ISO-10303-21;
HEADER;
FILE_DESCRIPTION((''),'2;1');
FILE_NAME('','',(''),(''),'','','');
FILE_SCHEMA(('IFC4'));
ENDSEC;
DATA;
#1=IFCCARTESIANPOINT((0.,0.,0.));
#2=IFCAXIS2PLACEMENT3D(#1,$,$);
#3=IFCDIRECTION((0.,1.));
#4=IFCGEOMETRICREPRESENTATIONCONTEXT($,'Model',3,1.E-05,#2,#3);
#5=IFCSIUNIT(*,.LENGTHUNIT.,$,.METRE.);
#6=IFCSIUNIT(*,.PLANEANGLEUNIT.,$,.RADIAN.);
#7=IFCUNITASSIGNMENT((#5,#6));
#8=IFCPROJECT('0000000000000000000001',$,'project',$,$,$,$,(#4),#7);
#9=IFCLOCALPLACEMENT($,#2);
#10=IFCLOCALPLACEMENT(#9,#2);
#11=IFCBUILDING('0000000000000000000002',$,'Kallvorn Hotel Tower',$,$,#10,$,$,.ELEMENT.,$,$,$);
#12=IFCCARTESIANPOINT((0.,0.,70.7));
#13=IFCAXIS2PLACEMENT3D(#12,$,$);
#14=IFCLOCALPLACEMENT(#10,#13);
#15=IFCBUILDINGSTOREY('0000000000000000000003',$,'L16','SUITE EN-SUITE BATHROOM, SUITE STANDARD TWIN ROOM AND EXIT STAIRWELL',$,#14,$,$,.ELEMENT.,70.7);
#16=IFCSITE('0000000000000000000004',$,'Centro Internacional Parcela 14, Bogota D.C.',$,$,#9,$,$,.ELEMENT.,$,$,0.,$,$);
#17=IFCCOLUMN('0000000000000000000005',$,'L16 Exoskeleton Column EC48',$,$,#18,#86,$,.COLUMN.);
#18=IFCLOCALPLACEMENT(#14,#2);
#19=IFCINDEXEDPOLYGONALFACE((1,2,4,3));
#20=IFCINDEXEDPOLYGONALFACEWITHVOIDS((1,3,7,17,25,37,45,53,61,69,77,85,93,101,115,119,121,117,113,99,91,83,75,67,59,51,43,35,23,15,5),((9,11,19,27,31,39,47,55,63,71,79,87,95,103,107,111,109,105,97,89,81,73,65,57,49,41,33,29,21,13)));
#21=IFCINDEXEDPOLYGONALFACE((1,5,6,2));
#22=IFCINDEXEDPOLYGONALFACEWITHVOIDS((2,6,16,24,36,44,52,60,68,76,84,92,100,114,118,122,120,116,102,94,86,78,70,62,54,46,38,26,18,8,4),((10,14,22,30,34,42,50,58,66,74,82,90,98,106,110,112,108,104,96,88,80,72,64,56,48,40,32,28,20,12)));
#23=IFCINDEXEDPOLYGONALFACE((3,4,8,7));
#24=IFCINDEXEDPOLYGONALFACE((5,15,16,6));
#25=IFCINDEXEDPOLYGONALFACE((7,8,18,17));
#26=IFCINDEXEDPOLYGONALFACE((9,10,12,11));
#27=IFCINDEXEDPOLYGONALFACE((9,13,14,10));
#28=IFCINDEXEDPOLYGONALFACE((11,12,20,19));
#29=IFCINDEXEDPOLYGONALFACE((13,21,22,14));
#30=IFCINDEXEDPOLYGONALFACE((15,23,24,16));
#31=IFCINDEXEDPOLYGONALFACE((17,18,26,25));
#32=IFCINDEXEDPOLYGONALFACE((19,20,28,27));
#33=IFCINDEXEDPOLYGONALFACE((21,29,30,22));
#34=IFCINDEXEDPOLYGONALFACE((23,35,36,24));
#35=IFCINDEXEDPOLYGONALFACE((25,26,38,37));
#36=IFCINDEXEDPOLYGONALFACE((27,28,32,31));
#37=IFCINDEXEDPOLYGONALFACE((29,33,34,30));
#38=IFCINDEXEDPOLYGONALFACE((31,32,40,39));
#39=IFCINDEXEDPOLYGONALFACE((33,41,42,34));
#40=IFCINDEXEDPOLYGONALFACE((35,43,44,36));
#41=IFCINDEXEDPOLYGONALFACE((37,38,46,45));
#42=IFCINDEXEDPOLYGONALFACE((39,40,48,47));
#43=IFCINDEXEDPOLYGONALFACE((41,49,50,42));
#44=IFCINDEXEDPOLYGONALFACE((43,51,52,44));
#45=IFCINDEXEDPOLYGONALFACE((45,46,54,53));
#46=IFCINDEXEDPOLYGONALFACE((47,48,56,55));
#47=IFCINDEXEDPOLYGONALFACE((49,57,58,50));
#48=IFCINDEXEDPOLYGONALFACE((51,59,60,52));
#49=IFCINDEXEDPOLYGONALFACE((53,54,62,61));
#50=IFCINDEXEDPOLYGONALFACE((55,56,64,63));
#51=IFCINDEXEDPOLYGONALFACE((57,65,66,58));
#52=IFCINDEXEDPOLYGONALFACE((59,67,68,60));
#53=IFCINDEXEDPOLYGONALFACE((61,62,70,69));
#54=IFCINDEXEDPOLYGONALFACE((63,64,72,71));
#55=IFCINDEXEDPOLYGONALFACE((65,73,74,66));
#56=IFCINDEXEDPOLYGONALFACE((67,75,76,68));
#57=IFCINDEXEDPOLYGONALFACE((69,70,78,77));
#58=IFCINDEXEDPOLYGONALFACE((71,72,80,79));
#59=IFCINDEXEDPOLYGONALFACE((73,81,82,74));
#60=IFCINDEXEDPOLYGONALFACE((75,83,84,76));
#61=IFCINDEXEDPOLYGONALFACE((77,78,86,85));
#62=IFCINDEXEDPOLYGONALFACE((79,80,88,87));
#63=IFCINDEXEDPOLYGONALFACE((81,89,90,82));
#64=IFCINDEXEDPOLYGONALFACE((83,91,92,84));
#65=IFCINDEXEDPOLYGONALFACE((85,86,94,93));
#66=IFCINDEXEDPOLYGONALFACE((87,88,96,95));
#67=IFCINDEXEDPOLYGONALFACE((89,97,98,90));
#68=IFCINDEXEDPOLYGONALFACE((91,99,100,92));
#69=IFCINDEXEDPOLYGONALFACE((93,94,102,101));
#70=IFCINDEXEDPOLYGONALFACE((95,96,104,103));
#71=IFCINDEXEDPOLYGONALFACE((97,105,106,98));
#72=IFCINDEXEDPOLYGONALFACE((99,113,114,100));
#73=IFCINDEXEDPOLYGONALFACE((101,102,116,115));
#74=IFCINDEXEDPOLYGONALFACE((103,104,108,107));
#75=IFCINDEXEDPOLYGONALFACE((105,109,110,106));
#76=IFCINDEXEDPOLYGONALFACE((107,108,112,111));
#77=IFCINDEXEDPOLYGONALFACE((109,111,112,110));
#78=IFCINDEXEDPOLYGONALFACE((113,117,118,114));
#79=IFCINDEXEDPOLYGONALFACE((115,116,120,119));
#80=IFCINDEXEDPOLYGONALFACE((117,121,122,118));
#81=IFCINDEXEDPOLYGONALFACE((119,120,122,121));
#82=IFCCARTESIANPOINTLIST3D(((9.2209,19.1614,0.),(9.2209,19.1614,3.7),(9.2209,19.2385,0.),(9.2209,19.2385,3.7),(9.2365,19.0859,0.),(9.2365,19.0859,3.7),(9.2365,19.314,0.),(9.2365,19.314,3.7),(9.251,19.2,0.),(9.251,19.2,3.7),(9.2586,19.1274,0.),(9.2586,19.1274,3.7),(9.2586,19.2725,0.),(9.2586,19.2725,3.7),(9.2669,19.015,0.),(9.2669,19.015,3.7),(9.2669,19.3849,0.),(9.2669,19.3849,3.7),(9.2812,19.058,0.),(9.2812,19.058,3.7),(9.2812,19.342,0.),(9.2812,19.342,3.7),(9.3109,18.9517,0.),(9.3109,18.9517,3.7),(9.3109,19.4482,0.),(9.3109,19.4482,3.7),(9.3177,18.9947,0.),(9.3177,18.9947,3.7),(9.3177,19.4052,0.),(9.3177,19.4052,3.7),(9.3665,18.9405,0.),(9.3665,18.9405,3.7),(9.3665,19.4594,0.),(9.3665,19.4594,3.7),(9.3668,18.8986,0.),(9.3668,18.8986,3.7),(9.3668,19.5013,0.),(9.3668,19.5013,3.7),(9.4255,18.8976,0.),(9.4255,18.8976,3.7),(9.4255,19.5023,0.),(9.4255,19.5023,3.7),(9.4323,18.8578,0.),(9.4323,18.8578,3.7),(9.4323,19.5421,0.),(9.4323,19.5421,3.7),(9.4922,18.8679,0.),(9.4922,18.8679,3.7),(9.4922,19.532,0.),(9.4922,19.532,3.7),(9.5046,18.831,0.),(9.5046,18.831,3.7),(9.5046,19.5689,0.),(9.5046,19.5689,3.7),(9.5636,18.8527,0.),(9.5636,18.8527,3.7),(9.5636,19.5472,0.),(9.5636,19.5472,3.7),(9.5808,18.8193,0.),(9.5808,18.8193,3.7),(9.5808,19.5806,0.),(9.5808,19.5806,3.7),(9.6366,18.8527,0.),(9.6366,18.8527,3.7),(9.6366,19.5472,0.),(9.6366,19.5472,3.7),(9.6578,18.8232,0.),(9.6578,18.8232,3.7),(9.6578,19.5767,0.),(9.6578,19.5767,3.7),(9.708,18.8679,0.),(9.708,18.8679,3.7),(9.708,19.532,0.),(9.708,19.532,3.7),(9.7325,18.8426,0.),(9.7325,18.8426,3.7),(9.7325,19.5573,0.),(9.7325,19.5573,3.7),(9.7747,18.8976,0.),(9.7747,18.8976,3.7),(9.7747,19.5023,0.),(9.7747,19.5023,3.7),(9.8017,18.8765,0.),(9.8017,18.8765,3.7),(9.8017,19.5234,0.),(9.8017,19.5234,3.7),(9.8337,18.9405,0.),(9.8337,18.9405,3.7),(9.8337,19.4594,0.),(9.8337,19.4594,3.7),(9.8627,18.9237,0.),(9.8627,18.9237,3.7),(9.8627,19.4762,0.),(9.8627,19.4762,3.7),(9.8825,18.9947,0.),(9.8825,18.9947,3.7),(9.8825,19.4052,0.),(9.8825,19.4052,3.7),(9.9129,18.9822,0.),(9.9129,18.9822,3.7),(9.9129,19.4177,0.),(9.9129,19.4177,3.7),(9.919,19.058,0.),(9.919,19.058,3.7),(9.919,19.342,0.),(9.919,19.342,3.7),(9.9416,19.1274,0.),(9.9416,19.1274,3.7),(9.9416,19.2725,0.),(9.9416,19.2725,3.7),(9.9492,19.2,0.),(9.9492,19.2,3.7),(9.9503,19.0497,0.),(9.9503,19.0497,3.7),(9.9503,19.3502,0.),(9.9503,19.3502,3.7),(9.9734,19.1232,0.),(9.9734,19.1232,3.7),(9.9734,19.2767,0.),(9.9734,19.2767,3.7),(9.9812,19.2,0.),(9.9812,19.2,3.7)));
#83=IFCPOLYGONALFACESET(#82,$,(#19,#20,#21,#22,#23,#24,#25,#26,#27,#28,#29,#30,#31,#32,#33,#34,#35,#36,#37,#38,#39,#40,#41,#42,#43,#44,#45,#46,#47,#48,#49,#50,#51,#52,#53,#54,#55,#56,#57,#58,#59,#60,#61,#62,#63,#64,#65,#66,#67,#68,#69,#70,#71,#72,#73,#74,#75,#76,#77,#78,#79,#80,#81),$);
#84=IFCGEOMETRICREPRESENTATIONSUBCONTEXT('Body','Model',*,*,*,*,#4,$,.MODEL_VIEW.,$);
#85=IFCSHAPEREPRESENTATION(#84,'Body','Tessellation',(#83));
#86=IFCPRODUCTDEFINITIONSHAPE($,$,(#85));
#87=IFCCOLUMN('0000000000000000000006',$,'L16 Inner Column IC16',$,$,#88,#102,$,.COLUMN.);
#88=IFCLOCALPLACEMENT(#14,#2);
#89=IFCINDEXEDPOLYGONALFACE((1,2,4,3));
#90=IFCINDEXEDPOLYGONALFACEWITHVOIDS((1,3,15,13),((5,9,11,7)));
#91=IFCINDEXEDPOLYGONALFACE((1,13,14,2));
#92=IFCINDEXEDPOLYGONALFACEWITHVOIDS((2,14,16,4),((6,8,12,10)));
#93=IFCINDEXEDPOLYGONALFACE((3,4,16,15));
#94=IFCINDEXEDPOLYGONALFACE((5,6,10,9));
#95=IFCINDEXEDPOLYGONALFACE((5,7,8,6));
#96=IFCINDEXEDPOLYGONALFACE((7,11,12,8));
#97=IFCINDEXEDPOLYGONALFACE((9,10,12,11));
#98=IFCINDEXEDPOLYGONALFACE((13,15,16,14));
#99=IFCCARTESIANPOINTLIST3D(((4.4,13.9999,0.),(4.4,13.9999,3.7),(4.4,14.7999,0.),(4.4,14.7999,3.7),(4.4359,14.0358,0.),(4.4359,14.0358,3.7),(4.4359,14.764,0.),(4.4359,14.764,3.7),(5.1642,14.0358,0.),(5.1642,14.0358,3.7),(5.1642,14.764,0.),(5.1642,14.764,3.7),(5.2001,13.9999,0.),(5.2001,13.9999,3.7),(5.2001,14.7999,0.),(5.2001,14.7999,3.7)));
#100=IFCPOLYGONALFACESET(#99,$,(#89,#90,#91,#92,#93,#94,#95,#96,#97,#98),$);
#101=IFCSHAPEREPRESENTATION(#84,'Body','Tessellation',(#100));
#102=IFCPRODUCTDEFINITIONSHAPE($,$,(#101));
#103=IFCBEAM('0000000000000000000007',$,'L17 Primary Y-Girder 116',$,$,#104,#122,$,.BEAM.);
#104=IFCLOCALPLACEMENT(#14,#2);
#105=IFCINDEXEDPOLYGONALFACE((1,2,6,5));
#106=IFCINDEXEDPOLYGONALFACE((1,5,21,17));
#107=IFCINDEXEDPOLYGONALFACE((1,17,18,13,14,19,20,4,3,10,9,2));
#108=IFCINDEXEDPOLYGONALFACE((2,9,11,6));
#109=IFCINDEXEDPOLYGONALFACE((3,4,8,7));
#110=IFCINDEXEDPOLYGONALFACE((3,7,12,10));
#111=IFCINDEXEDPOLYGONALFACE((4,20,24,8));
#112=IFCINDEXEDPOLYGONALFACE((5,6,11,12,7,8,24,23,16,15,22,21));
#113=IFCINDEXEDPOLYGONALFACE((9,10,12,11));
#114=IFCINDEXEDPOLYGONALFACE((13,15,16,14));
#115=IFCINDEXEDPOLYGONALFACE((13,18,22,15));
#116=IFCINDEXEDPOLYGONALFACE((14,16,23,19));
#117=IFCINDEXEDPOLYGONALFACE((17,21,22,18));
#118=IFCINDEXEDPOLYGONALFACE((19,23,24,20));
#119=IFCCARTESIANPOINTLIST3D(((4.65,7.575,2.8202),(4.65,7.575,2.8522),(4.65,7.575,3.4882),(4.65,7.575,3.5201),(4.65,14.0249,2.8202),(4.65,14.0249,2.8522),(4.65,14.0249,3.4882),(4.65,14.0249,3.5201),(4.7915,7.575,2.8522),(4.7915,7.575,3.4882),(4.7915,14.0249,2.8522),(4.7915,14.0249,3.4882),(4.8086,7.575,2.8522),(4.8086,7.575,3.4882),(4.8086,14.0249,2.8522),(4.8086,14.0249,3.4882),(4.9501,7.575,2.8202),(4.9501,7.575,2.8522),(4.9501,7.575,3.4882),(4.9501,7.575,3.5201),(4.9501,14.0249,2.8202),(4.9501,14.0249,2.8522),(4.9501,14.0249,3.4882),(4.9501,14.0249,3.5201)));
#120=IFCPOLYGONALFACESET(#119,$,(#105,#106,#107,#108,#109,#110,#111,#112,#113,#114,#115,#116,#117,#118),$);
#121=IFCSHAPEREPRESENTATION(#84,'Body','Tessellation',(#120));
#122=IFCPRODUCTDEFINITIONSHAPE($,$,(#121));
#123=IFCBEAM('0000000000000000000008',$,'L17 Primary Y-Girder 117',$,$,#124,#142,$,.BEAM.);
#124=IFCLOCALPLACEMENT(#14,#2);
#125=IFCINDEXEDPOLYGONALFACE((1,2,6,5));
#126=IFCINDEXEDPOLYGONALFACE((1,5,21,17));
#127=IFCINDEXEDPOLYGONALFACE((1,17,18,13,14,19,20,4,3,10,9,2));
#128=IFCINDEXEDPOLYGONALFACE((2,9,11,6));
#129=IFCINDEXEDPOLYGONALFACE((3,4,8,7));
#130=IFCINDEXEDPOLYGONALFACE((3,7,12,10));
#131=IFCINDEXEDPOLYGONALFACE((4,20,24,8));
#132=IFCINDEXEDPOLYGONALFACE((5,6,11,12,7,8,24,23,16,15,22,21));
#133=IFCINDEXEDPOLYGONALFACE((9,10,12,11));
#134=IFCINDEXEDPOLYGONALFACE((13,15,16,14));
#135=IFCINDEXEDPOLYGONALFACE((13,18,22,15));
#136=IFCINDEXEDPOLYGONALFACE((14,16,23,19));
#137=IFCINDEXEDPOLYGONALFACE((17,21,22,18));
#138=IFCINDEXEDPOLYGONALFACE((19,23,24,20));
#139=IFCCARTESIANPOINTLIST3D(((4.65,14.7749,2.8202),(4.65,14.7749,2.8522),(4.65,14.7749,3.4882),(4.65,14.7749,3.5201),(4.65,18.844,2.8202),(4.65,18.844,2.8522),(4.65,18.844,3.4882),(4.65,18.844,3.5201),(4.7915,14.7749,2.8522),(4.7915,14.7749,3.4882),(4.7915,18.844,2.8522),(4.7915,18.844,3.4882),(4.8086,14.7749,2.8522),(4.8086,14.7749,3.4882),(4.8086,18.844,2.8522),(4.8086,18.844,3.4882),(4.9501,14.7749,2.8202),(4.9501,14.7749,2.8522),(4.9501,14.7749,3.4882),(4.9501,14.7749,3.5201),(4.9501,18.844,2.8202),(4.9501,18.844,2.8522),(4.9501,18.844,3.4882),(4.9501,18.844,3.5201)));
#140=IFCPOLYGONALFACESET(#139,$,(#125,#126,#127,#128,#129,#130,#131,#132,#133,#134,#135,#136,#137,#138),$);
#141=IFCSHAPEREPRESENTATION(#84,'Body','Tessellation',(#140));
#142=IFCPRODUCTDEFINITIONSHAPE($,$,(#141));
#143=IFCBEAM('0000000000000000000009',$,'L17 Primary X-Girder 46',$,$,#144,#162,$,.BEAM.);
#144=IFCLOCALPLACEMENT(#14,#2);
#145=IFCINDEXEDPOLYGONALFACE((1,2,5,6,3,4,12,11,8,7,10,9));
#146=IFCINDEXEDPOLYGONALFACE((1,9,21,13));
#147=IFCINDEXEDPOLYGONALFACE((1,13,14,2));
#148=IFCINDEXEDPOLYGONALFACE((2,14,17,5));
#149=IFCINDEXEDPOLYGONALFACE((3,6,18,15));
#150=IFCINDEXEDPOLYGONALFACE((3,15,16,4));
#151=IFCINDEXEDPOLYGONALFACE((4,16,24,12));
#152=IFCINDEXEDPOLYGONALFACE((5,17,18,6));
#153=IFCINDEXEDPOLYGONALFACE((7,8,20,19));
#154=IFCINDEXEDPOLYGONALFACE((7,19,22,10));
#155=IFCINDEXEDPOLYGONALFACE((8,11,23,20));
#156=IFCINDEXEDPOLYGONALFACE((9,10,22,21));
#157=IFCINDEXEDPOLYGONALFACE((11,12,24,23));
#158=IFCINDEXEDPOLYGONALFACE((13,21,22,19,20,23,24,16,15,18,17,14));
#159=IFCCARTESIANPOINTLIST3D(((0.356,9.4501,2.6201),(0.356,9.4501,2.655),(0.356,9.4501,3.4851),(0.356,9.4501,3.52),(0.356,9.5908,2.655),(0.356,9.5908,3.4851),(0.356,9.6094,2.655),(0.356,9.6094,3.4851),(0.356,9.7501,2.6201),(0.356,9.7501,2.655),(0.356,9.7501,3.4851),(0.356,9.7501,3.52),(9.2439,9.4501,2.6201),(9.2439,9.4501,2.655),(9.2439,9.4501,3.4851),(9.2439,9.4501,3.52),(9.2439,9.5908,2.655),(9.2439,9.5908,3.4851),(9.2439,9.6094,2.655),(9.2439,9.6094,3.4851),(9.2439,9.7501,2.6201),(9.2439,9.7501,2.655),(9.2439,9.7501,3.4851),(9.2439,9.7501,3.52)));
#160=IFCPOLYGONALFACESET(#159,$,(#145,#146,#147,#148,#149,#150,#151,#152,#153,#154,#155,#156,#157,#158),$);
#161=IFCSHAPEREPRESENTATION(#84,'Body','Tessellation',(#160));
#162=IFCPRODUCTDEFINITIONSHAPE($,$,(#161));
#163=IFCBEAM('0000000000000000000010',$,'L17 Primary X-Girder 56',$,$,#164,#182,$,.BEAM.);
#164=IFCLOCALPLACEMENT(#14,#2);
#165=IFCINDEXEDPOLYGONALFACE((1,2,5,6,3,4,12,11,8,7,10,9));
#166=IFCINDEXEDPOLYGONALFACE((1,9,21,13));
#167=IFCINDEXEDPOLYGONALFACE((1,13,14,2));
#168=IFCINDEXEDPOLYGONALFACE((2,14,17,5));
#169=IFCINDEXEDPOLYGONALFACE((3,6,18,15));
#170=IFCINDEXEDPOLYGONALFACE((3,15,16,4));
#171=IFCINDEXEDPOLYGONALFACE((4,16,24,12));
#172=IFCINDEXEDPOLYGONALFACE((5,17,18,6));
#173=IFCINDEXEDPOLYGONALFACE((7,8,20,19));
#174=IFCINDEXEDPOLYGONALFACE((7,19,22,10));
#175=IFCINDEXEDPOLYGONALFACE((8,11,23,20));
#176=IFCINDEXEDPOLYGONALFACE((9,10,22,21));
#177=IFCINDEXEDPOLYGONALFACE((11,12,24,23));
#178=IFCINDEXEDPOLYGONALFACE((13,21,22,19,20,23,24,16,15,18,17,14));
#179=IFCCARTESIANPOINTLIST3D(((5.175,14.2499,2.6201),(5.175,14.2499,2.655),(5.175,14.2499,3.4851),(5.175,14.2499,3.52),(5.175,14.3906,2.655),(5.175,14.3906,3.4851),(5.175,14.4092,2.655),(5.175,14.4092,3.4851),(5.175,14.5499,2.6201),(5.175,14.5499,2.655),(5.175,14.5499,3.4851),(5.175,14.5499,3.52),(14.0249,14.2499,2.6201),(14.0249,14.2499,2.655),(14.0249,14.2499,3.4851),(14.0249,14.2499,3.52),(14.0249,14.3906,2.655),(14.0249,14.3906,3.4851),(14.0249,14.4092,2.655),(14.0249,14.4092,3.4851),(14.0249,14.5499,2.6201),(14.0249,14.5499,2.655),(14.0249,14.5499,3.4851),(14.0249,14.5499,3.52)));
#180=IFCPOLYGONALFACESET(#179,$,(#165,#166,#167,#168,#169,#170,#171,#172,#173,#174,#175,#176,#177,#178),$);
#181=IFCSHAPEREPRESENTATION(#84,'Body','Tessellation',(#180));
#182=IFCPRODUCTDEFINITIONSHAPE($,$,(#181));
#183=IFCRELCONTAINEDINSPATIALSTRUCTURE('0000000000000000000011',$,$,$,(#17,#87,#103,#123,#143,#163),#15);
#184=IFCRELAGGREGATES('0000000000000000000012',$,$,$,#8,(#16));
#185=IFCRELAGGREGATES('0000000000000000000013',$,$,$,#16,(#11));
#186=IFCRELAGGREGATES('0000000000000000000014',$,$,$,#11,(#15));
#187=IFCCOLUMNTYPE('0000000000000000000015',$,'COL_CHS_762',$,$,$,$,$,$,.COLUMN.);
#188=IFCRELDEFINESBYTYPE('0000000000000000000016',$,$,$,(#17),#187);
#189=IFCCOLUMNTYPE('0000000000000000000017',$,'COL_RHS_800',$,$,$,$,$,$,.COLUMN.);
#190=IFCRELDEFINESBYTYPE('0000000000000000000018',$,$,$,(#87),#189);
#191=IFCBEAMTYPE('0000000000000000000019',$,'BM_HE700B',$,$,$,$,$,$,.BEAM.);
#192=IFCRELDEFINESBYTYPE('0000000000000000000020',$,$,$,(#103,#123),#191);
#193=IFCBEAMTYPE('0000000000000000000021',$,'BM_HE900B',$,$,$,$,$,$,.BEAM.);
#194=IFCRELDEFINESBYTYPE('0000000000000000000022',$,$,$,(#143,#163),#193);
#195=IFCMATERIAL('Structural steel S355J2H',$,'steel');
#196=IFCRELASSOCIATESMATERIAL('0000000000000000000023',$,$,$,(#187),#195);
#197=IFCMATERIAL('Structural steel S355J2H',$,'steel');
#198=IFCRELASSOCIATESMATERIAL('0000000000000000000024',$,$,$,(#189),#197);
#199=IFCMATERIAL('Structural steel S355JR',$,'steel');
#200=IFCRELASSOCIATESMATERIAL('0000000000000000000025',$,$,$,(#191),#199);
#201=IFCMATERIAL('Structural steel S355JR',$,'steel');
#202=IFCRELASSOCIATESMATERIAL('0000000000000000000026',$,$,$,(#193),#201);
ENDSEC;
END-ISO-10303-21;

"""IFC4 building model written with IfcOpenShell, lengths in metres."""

from ifc_helpers import new_model, si_unit, direction, frame, origin, origin_2d, place, context, subcontext, project, spatial, hollow_rectangle, hollow_circle, i_section, extrude, material, material_profile, profile_set, type_object, element, save


model = new_model("IFC4")

# Units and contexts
model_context = context("Model", 3, precision=1e-05, world=origin(), true_north=direction((0.0, 1.0)))
body_context = subcontext(model_context, "Body", "Model", "MODEL_VIEW")
ifc_project = project(units=[si_unit("LENGTHUNIT", "METRE"), si_unit("PLANEANGLEUNIT", "RADIAN")], contexts=[model_context])

# Site, building, storey
site_placement = place(None, origin())
site = spatial("IfcSite", under=ifc_project, at=site_placement, Name="Centro Internacional Parcela 14, Bogota D.C.", CompositionType="ELEMENT", RefElevation=0.0)
building_placement = place(site_placement, origin())
building = spatial("IfcBuilding", under=site, at=building_placement, Name="Kallvorn Hotel Tower", CompositionType="ELEMENT")
storey_placement = place(building_placement, frame((0.0, 0.0, 70.7)))
storey = spatial("IfcBuildingStorey", under=building, at=storey_placement, Name="L16", Description="SUITE EN-SUITE BATHROOM, SUITE STANDARD TWIN ROOM AND EXIT STAIRWELL", CompositionType="ELEMENT", Elevation=70.7)

# Columns
ifc_material_1 = material(Name="Structural steel S355J2H", Category="steel")
ifc_material_profile_1 = material_profile(ifc_material_1, hollow_circle(Radius=0.3811, WallThickness=0.032, at=origin_2d()), Name="CHS 762x32")
ifc_profile_set_1 = profile_set([ifc_material_profile_1], Name="Structural steel S355J2H")
column_type_1 = type_object("IfcColumnType", Name="COL_CHS_762", PredefinedType="COLUMN", material=ifc_profile_set_1)
for number, where, z_axis, x_axis, name in (
    (1, (9.6001, 19.2, 0.0), (0.0, 0.0, 1.0), (1.0, 0.0, 0.0), "L16 Exoskeleton Column EC48"),
):
    element("IfcColumn", number, at=place(storey_placement, frame(where, z_axis=z_axis, x_axis=x_axis)), inside=storey, type_object=column_type_1, Name=name, PredefinedType="COLUMN", context=body_context, shape_type="SweptSolid", body=[
        extrude(hollow_circle(Radius=0.3811, WallThickness=0.032, at=origin_2d()), origin(), (0.0, 0.0, 1.0), 3.7),
    ])
ifc_material_2 = material(Name="Structural steel S355J2H", Category="steel")
ifc_material_profile_2 = material_profile(ifc_material_2, hollow_rectangle(XDim=0.8, YDim=0.8, WallThickness=0.0359, at=origin_2d()), Name="RHS 800x800x36")
ifc_profile_set_2 = profile_set([ifc_material_profile_2], Name="Structural steel S355J2H")
column_type_2 = type_object("IfcColumnType", Name="COL_RHS_800", PredefinedType="COLUMN", material=ifc_profile_set_2)
column_placement = place(storey_placement, frame((4.8, 14.3999, 0.0), z_axis=(0.0, 0.0, 1.0), x_axis=(1.0, 0.0, 0.0)))
element("IfcColumn", 2, at=column_placement, inside=storey, type_object=column_type_2, Name="L16 Inner Column IC16", PredefinedType="COLUMN", context=body_context, shape_type="SweptSolid", body=[
    extrude(hollow_rectangle(XDim=0.8, YDim=0.8, WallThickness=0.0359, at=origin_2d()), origin(), (0.0, 0.0, 1.0), 3.7),
])

# Beams
ifc_material_3 = material(Name="Structural steel S355JR", Category="steel")
ifc_material_profile_3 = material_profile(ifc_material_3, i_section(OverallWidth=0.3, OverallDepth=0.7, WebThickness=0.0171, FlangeThickness=0.032, at=origin_2d()), Name="HE 700 B")
ifc_profile_set_3 = profile_set([ifc_material_profile_3], Name="Structural steel S355JR")
beam_type_1 = type_object("IfcBeamType", Name="BM_HE700B", PredefinedType="BEAM", material=ifc_profile_set_3)
beam_1_placement = place(storey_placement, frame((4.8, 7.575, 3.1702), z_axis=(0.0, 1.0, 0.0), x_axis=(-1.0, 0.0, 0.0)))
element("IfcBeam", 3, at=beam_1_placement, inside=storey, type_object=beam_type_1, Name="L17 Primary Y-Girder 116", PredefinedType="BEAM", context=body_context, shape_type="SweptSolid", body=[
    extrude(i_section(OverallWidth=0.3, OverallDepth=0.7, WebThickness=0.0171, FlangeThickness=0.032, at=origin_2d()), origin(), (0.0, 0.0, 1.0), 6.45),
])
beam_2_placement = place(storey_placement, frame((4.8, 14.7749, 3.1702), z_axis=(0.0, 1.0, 0.0), x_axis=(-1.0, 0.0, 0.0)))
element("IfcBeam", 4, at=beam_2_placement, inside=storey, type_object=beam_type_1, Name="L17 Primary Y-Girder 117", PredefinedType="BEAM", context=body_context, shape_type="SweptSolid", body=[
    extrude(i_section(OverallWidth=0.3, OverallDepth=0.7, WebThickness=0.0171, FlangeThickness=0.032, at=origin_2d()), origin(), (0.0, 0.0, 1.0), 4.0691),
])
ifc_material_4 = material(Name="Structural steel S355JR", Category="steel")
ifc_material_profile_4 = material_profile(ifc_material_4, i_section(OverallWidth=0.3, OverallDepth=0.8999, WebThickness=0.0186, FlangeThickness=0.0349, at=origin_2d()), Name="HE 900 B")
ifc_profile_set_4 = profile_set([ifc_material_profile_4], Name="Structural steel S355JR")
beam_type_2 = type_object("IfcBeamType", Name="BM_HE900B", PredefinedType="BEAM", material=ifc_profile_set_4)
beam_3_placement = place(storey_placement, frame((0.356, 9.6001, 3.0701), z_axis=(1.0, 0.0, 0.0), x_axis=(0.0, 1.0, 0.0)))
element("IfcBeam", 5, at=beam_3_placement, inside=storey, type_object=beam_type_2, Name="L17 Primary X-Girder 46", PredefinedType="BEAM", context=body_context, shape_type="SweptSolid", body=[
    extrude(i_section(OverallWidth=0.3, OverallDepth=0.8999, WebThickness=0.0186, FlangeThickness=0.0349, at=origin_2d()), origin(), (0.0, 0.0, 1.0), 8.8879),
])
beam_4_placement = place(storey_placement, frame((5.175, 14.3999, 3.0701), z_axis=(1.0, 0.0, 0.0), x_axis=(0.0, 1.0, 0.0)))
element("IfcBeam", 6, at=beam_4_placement, inside=storey, type_object=beam_type_2, Name="L17 Primary X-Girder 56", PredefinedType="BEAM", context=body_context, shape_type="SweptSolid", body=[
    extrude(i_section(OverallWidth=0.3, OverallDepth=0.8999, WebThickness=0.0186, FlangeThickness=0.0349, at=origin_2d()), origin(), (0.0, 0.0, 1.0), 8.8499),
])

save(model, "model.ifc")
